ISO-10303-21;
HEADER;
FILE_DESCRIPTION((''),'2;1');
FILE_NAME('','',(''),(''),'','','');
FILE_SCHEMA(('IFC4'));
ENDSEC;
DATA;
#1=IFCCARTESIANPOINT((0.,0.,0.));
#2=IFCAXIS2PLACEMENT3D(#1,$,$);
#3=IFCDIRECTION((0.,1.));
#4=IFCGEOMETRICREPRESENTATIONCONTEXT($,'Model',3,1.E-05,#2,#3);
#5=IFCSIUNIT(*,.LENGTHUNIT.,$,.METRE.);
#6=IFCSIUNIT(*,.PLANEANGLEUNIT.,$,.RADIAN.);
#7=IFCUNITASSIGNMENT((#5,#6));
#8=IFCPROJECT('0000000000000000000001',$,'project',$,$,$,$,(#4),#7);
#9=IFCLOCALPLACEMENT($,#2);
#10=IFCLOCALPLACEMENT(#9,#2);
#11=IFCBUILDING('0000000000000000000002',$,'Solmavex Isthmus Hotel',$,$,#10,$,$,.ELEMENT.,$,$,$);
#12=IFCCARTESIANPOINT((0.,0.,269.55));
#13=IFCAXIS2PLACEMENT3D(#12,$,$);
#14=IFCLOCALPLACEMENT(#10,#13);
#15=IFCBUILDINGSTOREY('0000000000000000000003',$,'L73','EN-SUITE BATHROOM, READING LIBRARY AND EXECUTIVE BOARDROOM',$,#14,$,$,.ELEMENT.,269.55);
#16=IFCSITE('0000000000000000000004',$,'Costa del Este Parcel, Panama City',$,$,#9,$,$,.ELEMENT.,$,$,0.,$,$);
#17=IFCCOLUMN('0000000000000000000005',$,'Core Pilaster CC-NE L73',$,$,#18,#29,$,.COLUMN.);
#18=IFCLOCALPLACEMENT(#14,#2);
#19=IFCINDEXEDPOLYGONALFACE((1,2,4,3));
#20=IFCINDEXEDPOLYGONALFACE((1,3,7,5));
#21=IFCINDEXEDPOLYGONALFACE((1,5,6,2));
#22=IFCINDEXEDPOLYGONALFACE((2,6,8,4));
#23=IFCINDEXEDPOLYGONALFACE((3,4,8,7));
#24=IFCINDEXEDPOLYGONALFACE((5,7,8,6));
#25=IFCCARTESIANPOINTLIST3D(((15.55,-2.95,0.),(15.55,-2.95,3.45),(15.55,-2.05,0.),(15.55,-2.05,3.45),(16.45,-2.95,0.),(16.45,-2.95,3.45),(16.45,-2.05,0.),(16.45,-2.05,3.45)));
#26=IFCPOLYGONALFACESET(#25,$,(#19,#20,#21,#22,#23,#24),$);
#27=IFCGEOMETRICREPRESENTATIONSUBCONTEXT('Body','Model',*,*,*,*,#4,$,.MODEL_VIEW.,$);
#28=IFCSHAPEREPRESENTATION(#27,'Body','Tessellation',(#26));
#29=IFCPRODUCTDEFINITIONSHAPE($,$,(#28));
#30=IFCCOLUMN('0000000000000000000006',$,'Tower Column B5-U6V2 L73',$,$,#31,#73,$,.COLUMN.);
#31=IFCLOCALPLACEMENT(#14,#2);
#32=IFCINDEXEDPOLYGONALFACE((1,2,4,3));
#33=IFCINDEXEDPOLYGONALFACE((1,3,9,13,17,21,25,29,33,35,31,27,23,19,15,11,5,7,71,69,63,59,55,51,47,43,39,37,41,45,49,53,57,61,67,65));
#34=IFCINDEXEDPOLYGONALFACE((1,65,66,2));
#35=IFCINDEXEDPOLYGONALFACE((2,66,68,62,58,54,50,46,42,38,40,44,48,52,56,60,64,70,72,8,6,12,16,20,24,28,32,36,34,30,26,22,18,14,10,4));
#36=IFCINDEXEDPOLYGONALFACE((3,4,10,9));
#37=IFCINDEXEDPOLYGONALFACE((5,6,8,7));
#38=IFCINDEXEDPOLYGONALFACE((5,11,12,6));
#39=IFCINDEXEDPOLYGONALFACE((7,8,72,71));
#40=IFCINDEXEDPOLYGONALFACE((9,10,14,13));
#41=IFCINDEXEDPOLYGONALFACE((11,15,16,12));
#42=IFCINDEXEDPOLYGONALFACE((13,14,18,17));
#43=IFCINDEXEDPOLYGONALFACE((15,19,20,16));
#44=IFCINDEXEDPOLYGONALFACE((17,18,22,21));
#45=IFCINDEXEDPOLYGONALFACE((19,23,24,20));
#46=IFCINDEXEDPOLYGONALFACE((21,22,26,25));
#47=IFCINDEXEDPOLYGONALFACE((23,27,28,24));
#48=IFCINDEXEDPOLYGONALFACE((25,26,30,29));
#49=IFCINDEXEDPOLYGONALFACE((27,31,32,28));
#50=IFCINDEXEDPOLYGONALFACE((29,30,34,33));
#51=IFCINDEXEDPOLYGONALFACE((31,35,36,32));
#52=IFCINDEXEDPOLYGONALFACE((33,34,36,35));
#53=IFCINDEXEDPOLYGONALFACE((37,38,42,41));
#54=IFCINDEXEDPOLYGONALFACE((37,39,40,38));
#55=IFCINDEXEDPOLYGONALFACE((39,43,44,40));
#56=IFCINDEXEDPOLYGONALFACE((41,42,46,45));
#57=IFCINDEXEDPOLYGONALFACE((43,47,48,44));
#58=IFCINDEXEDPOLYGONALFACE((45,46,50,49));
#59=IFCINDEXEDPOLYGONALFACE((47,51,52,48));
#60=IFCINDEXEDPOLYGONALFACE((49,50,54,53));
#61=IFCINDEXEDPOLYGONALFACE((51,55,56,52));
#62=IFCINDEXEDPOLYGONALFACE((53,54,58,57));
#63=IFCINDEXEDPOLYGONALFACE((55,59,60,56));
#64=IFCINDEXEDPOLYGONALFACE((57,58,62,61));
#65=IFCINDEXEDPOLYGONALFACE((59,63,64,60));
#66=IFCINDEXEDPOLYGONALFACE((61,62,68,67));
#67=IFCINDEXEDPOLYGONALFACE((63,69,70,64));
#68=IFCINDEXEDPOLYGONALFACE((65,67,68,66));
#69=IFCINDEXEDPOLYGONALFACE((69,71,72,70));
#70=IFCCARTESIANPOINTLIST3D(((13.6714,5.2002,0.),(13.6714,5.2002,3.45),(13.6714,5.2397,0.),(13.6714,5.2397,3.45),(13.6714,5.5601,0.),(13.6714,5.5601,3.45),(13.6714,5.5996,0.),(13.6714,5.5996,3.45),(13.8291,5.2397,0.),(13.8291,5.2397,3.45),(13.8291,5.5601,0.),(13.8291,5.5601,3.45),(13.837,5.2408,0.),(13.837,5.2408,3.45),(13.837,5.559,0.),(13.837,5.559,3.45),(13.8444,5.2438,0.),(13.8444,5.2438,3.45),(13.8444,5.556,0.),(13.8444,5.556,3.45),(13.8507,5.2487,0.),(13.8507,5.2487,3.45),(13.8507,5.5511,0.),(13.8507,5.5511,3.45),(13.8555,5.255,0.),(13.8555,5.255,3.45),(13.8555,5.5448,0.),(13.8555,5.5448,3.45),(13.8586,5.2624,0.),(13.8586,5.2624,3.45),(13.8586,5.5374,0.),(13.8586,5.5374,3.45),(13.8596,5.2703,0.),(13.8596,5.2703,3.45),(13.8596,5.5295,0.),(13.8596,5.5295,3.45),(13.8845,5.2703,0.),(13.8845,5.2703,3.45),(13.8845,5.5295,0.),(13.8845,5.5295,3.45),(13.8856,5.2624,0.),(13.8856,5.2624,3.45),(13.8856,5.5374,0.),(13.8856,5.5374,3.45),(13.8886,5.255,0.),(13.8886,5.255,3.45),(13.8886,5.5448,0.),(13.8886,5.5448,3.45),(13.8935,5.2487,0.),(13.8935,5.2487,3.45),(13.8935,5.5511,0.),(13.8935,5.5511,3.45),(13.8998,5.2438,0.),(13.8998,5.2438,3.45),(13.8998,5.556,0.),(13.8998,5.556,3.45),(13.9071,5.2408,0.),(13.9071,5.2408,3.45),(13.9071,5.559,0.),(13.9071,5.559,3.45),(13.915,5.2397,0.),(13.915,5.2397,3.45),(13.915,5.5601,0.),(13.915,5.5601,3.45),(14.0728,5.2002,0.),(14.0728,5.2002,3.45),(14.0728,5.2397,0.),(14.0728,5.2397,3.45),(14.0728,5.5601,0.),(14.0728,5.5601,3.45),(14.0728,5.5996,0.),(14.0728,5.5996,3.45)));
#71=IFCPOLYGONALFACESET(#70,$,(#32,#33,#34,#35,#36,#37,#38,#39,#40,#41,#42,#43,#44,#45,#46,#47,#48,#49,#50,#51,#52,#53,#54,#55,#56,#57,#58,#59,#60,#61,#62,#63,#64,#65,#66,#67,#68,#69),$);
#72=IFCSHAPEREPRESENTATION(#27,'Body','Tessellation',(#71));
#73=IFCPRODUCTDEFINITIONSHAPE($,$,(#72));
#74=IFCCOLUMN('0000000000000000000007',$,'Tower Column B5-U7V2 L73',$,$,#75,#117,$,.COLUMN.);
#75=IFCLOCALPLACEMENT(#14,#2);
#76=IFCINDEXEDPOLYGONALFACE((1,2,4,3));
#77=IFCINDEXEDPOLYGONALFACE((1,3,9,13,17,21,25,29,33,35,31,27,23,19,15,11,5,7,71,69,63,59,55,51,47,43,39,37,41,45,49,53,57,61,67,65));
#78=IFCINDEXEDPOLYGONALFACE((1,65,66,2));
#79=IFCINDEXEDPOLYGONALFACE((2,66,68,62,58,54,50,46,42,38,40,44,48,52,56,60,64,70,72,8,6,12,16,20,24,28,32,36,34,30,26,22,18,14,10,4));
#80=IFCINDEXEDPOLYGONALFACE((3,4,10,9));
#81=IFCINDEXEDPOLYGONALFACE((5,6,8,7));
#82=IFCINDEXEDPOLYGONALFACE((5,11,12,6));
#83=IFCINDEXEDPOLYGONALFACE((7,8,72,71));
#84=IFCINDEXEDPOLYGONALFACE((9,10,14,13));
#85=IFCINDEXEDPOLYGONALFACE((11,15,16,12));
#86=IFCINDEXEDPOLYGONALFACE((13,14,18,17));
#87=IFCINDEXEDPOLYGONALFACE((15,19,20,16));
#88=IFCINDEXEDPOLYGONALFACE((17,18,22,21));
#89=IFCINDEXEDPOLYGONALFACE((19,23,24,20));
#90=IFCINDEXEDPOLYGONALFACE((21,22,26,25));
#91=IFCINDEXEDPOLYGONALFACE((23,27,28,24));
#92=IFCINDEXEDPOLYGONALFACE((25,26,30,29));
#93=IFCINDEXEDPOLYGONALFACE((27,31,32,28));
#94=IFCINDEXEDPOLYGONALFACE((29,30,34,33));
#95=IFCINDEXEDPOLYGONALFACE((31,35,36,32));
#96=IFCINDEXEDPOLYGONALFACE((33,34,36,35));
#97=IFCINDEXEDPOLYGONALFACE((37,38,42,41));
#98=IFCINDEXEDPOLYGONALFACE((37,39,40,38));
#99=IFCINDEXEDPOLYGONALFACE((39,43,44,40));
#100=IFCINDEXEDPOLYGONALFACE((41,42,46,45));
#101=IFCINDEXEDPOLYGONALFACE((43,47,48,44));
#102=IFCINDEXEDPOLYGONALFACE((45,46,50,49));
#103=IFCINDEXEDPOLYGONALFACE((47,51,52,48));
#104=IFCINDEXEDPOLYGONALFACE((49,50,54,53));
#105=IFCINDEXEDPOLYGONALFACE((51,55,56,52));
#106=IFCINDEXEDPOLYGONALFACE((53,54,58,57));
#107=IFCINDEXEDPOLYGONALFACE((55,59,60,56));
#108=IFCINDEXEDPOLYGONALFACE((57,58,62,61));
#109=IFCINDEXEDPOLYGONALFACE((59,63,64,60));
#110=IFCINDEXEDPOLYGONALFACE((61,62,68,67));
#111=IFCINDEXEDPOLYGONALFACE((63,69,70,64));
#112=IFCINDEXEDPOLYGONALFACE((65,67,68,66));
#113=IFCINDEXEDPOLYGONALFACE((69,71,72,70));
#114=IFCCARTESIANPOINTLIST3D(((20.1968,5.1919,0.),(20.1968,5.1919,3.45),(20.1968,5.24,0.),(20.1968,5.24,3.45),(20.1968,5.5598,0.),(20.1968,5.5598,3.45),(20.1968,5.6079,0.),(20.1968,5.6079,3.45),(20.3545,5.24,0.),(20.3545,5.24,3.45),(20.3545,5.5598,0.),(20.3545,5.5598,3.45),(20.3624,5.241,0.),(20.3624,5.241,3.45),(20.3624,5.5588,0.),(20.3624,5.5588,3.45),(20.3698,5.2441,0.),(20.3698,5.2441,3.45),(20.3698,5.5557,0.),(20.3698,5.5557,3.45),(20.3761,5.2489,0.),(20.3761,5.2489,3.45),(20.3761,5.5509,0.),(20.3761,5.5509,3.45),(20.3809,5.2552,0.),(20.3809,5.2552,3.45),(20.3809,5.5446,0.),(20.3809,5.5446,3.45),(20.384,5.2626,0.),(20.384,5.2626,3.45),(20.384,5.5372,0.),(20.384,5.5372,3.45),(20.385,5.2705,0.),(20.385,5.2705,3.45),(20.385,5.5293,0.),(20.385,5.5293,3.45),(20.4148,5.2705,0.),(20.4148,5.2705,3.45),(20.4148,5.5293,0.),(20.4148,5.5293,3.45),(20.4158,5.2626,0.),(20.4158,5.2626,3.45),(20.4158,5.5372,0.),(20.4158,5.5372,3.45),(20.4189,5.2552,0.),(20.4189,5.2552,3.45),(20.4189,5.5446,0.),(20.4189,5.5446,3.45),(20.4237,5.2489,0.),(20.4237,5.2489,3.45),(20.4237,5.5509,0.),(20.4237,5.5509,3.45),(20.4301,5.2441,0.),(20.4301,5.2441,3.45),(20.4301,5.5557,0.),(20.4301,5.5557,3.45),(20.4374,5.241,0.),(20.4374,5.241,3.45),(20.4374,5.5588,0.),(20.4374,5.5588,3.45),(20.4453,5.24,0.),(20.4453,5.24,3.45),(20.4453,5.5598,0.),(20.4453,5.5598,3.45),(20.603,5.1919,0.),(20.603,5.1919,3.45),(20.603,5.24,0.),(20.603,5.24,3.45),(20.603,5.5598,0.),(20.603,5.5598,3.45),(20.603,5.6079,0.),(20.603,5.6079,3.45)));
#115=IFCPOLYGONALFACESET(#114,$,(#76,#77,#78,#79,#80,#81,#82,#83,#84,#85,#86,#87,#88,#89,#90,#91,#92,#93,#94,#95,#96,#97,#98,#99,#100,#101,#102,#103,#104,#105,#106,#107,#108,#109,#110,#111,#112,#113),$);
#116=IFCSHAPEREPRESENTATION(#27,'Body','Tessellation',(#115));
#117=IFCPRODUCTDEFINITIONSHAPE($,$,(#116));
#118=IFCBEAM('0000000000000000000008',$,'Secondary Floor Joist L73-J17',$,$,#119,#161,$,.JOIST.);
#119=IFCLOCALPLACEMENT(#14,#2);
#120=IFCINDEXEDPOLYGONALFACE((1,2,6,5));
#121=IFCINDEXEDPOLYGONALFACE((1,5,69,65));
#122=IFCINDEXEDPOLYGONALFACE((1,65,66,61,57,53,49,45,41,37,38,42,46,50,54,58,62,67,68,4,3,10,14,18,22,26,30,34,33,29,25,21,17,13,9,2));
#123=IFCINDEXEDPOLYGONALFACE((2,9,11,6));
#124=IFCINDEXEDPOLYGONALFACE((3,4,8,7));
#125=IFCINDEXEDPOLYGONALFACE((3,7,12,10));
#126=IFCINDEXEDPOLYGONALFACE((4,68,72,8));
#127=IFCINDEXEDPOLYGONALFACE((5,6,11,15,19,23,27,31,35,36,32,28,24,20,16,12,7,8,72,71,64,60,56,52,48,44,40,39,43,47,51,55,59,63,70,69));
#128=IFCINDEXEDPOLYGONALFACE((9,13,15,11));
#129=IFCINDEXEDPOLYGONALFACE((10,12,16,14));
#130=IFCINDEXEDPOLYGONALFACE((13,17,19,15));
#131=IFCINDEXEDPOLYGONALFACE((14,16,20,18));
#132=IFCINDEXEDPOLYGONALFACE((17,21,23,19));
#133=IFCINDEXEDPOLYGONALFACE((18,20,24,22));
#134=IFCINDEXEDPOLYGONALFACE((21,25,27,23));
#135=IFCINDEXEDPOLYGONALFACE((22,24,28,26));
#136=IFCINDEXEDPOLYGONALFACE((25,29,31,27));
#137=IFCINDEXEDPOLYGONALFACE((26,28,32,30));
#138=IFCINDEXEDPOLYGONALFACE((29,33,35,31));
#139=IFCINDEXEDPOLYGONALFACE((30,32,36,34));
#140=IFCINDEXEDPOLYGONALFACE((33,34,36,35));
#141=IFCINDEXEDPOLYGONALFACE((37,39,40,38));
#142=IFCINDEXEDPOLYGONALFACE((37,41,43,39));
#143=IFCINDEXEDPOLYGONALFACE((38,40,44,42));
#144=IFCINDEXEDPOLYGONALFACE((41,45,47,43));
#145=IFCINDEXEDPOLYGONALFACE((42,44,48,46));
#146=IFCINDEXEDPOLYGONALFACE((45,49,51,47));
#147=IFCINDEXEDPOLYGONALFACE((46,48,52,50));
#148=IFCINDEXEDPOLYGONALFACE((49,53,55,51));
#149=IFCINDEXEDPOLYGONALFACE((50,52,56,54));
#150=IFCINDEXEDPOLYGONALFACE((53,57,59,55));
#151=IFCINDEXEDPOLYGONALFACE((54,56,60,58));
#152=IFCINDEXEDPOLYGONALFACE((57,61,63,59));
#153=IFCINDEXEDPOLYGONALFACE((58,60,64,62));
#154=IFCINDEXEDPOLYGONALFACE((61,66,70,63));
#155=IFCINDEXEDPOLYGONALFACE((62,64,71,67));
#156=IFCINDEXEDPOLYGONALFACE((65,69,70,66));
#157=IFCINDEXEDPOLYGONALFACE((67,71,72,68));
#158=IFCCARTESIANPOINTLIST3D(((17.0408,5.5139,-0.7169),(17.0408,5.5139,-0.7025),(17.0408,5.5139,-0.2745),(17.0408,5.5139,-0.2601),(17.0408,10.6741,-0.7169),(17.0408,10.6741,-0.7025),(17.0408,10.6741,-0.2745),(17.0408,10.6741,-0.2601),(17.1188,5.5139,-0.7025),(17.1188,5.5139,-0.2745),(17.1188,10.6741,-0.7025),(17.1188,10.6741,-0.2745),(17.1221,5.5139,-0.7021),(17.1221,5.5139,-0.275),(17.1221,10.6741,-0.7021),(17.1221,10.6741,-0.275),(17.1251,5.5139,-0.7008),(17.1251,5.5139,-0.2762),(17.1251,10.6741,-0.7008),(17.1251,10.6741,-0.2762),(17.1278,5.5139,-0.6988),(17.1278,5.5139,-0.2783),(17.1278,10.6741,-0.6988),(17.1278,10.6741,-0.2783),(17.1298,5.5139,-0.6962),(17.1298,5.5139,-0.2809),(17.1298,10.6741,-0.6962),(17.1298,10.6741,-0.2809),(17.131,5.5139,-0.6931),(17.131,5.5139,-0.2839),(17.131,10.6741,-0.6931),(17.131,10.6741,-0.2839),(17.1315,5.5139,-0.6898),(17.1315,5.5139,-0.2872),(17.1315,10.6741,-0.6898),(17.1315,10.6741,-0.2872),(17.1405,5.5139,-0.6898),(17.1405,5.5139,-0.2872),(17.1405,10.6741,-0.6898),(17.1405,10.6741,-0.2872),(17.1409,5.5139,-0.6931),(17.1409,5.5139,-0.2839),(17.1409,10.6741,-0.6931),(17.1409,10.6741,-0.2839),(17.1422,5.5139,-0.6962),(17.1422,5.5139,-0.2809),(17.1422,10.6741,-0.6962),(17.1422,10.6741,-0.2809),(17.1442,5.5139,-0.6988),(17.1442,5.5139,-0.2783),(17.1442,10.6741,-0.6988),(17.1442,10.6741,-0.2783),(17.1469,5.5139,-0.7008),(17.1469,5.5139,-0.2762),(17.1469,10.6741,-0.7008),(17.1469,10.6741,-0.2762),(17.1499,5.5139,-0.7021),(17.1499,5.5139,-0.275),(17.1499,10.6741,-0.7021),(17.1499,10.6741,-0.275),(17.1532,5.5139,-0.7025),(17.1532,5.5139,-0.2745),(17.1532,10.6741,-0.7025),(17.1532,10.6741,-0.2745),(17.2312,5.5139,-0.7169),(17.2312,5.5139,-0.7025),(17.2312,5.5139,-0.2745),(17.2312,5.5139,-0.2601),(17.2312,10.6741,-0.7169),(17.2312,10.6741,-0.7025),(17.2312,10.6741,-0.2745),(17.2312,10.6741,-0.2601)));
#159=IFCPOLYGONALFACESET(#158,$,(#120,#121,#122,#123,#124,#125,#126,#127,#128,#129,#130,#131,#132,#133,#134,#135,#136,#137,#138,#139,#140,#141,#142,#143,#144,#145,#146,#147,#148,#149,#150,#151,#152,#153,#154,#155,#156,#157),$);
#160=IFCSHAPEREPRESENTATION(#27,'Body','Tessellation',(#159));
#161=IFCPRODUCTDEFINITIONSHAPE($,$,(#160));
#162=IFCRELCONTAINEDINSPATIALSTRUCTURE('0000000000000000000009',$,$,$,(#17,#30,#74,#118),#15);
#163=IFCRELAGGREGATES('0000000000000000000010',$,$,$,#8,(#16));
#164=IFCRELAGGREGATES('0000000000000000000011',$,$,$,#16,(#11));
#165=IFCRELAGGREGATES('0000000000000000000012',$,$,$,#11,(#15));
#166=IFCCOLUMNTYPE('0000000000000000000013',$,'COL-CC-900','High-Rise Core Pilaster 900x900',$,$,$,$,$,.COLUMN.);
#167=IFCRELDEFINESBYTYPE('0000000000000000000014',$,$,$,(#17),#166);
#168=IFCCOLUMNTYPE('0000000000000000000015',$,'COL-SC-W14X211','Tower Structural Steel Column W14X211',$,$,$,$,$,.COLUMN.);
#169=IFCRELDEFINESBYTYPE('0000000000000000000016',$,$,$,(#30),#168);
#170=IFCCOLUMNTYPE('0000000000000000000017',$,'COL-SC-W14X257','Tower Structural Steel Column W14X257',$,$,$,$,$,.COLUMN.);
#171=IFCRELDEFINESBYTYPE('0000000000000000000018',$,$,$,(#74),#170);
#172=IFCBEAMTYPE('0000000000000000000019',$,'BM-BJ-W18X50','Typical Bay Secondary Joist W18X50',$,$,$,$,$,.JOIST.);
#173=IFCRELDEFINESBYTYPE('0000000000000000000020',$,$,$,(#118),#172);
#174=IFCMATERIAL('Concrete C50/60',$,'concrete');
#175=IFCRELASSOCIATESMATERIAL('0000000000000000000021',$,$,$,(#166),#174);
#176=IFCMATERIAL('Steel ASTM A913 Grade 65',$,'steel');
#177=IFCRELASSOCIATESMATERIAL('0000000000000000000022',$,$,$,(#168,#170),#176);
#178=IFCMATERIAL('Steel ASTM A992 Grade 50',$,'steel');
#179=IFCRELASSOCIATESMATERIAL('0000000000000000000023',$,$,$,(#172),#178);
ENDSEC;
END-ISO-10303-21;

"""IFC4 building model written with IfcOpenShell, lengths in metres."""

from ifc_helpers import new_model, si_unit, direction, frame, origin, origin_2d, place, context, subcontext, project, spatial, rectangle, i_section, extrude, material, material_profile, profile_set, type_object, element, save


model = new_model("IFC4")

# Units and contexts
model_context = context("Model", 3, precision=1e-05, world=origin(), true_north=direction((0.0, 1.0)))
body_context = subcontext(model_context, "Body", "Model", "MODEL_VIEW")
ifc_project = project(units=[si_unit("LENGTHUNIT", "METRE"), si_unit("PLANEANGLEUNIT", "RADIAN")], contexts=[model_context])

# Site, building, storey
site_placement = place(None, origin())
site = spatial("IfcSite", under=ifc_project, at=site_placement, Name="Costa del Este Parcel, Panama City", CompositionType="ELEMENT", RefElevation=0.0)
building_placement = place(site_placement, origin())
building = spatial("IfcBuilding", under=site, at=building_placement, Name="Solmavex Isthmus Hotel", CompositionType="ELEMENT")
storey_placement = place(building_placement, frame((0.0, 0.0, 269.55)))
storey = spatial("IfcBuildingStorey", under=building, at=storey_placement, Name="L73", Description="EN-SUITE BATHROOM, READING LIBRARY AND EXECUTIVE BOARDROOM", CompositionType="ELEMENT", Elevation=269.55)

# Columns
ifc_material_1 = material(Name="Concrete C50/60", Category="concrete")
ifc_material_profile_1 = material_profile(ifc_material_1, rectangle(XDim=0.8999, YDim=0.8999, at=origin_2d()), Name="RC900X900")
ifc_profile_set_1 = profile_set([ifc_material_profile_1], Name="Concrete C50/60")
column_type_1 = type_object("IfcColumnType", Name="COL-CC-900", Description="High-Rise Core Pilaster 900x900", PredefinedType="COLUMN", material=ifc_profile_set_1)
column_1_placement = place(storey_placement, frame((16.0, -2.5, 0.0), z_axis=(0.0, 0.0, 1.0), x_axis=(1.0, 0.0, 0.0)))
element("IfcColumn", 1, at=column_1_placement, inside=storey, type_object=column_type_1, Name="Core Pilaster CC-NE L73", PredefinedType="COLUMN", context=body_context, shape_type="SweptSolid", body=[
    extrude(rectangle(XDim=0.8999, YDim=0.8999, at=origin_2d()), origin(), (0.0, 0.0, 1.0), 3.45),
])
ifc_material_2 = material(Name="Steel ASTM A913 Grade 65", Category="steel")
ifc_material_profile_2 = material_profile(ifc_material_2, i_section(OverallWidth=0.4014, OverallDepth=0.3994, WebThickness=0.0249, FlangeThickness=0.0396, FilletRadius=0.0305, at=origin_2d()), Name="W14X211")
ifc_profile_set_2 = profile_set([ifc_material_profile_2], Name="Steel ASTM A913 Grade 65")
column_type_2 = type_object("IfcColumnType", Name="COL-SC-W14X211", Description="Tower Structural Steel Column W14X211", PredefinedType="COLUMN", material=ifc_profile_set_2)
column_2_placement = place(storey_placement, frame((13.8721, 5.3999, 0.0), z_axis=(0.0, 0.0, 1.0), x_axis=(1.0, 0.0, 0.0)))
element("IfcColumn", 2, at=column_2_placement, inside=storey, type_object=column_type_2, Name="Tower Column B5-U6V2 L73", PredefinedType="COLUMN", context=body_context, shape_type="SweptSolid", body=[
    extrude(i_section(OverallWidth=0.4014, OverallDepth=0.3994, WebThickness=0.0249, FlangeThickness=0.0396, FilletRadius=0.0305, at=origin_2d()), origin(), (0.0, 0.0, 1.0), 3.45),
])
ifc_material_profile_3 = material_profile(ifc_material_2, i_section(OverallWidth=0.4062, OverallDepth=0.416, WebThickness=0.0298, FlangeThickness=0.0481, FilletRadius=0.0305, at=origin_2d()), Name="W14X257")
ifc_profile_set_3 = profile_set([ifc_material_profile_3], Name="Steel ASTM A913 Grade 65")
column_type_3 = type_object("IfcColumnType", Name="COL-SC-W14X257", Description="Tower Structural Steel Column W14X257", PredefinedType="COLUMN", material=ifc_profile_set_3)
column_3_placement = place(storey_placement, frame((20.3999, 5.3999, 0.0), z_axis=(0.0, 0.0, 1.0), x_axis=(1.0, 0.0, 0.0)))
element("IfcColumn", 3, at=column_3_placement, inside=storey, type_object=column_type_3, Name="Tower Column B5-U7V2 L73", PredefinedType="COLUMN", context=body_context, shape_type="SweptSolid", body=[
    extrude(i_section(OverallWidth=0.4062, OverallDepth=0.416, WebThickness=0.0298, FlangeThickness=0.0481, FilletRadius=0.0305, at=origin_2d()), origin(), (0.0, 0.0, 1.0), 3.45),
])

# Beam
ifc_material_3 = material(Name="Steel ASTM A992 Grade 50", Category="steel")
ifc_material_profile_4 = material_profile(ifc_material_3, i_section(OverallWidth=0.1904, OverallDepth=0.4568, WebThickness=0.009, FlangeThickness=0.0144, FilletRadius=0.0127, at=origin_2d()), Name="W18X50")
ifc_profile_set_4 = profile_set([ifc_material_profile_4], Name="Steel ASTM A992 Grade 50")
beam_type_1 = type_object("IfcBeamType", Name="BM-BJ-W18X50", Description="Typical Bay Secondary Joist W18X50", PredefinedType="JOIST", material=ifc_profile_set_4)
beam_1_placement = place(storey_placement, frame((17.136, 5.5139, -0.4885), z_axis=(0.0, 1.0, 0.0), x_axis=(-1.0, 0.0, 0.0)))
element("IfcBeam", 4, at=beam_1_placement, inside=storey, type_object=beam_type_1, Name="Secondary Floor Joist L73-J17", PredefinedType="JOIST", context=body_context, shape_type="SweptSolid", body=[
    extrude(i_section(OverallWidth=0.1904, OverallDepth=0.4568, WebThickness=0.009, FlangeThickness=0.0144, FilletRadius=0.0127, at=origin_2d()), origin(), (0.0, 0.0, 1.0), 5.1602),
])

save(model, "model.ifc")
